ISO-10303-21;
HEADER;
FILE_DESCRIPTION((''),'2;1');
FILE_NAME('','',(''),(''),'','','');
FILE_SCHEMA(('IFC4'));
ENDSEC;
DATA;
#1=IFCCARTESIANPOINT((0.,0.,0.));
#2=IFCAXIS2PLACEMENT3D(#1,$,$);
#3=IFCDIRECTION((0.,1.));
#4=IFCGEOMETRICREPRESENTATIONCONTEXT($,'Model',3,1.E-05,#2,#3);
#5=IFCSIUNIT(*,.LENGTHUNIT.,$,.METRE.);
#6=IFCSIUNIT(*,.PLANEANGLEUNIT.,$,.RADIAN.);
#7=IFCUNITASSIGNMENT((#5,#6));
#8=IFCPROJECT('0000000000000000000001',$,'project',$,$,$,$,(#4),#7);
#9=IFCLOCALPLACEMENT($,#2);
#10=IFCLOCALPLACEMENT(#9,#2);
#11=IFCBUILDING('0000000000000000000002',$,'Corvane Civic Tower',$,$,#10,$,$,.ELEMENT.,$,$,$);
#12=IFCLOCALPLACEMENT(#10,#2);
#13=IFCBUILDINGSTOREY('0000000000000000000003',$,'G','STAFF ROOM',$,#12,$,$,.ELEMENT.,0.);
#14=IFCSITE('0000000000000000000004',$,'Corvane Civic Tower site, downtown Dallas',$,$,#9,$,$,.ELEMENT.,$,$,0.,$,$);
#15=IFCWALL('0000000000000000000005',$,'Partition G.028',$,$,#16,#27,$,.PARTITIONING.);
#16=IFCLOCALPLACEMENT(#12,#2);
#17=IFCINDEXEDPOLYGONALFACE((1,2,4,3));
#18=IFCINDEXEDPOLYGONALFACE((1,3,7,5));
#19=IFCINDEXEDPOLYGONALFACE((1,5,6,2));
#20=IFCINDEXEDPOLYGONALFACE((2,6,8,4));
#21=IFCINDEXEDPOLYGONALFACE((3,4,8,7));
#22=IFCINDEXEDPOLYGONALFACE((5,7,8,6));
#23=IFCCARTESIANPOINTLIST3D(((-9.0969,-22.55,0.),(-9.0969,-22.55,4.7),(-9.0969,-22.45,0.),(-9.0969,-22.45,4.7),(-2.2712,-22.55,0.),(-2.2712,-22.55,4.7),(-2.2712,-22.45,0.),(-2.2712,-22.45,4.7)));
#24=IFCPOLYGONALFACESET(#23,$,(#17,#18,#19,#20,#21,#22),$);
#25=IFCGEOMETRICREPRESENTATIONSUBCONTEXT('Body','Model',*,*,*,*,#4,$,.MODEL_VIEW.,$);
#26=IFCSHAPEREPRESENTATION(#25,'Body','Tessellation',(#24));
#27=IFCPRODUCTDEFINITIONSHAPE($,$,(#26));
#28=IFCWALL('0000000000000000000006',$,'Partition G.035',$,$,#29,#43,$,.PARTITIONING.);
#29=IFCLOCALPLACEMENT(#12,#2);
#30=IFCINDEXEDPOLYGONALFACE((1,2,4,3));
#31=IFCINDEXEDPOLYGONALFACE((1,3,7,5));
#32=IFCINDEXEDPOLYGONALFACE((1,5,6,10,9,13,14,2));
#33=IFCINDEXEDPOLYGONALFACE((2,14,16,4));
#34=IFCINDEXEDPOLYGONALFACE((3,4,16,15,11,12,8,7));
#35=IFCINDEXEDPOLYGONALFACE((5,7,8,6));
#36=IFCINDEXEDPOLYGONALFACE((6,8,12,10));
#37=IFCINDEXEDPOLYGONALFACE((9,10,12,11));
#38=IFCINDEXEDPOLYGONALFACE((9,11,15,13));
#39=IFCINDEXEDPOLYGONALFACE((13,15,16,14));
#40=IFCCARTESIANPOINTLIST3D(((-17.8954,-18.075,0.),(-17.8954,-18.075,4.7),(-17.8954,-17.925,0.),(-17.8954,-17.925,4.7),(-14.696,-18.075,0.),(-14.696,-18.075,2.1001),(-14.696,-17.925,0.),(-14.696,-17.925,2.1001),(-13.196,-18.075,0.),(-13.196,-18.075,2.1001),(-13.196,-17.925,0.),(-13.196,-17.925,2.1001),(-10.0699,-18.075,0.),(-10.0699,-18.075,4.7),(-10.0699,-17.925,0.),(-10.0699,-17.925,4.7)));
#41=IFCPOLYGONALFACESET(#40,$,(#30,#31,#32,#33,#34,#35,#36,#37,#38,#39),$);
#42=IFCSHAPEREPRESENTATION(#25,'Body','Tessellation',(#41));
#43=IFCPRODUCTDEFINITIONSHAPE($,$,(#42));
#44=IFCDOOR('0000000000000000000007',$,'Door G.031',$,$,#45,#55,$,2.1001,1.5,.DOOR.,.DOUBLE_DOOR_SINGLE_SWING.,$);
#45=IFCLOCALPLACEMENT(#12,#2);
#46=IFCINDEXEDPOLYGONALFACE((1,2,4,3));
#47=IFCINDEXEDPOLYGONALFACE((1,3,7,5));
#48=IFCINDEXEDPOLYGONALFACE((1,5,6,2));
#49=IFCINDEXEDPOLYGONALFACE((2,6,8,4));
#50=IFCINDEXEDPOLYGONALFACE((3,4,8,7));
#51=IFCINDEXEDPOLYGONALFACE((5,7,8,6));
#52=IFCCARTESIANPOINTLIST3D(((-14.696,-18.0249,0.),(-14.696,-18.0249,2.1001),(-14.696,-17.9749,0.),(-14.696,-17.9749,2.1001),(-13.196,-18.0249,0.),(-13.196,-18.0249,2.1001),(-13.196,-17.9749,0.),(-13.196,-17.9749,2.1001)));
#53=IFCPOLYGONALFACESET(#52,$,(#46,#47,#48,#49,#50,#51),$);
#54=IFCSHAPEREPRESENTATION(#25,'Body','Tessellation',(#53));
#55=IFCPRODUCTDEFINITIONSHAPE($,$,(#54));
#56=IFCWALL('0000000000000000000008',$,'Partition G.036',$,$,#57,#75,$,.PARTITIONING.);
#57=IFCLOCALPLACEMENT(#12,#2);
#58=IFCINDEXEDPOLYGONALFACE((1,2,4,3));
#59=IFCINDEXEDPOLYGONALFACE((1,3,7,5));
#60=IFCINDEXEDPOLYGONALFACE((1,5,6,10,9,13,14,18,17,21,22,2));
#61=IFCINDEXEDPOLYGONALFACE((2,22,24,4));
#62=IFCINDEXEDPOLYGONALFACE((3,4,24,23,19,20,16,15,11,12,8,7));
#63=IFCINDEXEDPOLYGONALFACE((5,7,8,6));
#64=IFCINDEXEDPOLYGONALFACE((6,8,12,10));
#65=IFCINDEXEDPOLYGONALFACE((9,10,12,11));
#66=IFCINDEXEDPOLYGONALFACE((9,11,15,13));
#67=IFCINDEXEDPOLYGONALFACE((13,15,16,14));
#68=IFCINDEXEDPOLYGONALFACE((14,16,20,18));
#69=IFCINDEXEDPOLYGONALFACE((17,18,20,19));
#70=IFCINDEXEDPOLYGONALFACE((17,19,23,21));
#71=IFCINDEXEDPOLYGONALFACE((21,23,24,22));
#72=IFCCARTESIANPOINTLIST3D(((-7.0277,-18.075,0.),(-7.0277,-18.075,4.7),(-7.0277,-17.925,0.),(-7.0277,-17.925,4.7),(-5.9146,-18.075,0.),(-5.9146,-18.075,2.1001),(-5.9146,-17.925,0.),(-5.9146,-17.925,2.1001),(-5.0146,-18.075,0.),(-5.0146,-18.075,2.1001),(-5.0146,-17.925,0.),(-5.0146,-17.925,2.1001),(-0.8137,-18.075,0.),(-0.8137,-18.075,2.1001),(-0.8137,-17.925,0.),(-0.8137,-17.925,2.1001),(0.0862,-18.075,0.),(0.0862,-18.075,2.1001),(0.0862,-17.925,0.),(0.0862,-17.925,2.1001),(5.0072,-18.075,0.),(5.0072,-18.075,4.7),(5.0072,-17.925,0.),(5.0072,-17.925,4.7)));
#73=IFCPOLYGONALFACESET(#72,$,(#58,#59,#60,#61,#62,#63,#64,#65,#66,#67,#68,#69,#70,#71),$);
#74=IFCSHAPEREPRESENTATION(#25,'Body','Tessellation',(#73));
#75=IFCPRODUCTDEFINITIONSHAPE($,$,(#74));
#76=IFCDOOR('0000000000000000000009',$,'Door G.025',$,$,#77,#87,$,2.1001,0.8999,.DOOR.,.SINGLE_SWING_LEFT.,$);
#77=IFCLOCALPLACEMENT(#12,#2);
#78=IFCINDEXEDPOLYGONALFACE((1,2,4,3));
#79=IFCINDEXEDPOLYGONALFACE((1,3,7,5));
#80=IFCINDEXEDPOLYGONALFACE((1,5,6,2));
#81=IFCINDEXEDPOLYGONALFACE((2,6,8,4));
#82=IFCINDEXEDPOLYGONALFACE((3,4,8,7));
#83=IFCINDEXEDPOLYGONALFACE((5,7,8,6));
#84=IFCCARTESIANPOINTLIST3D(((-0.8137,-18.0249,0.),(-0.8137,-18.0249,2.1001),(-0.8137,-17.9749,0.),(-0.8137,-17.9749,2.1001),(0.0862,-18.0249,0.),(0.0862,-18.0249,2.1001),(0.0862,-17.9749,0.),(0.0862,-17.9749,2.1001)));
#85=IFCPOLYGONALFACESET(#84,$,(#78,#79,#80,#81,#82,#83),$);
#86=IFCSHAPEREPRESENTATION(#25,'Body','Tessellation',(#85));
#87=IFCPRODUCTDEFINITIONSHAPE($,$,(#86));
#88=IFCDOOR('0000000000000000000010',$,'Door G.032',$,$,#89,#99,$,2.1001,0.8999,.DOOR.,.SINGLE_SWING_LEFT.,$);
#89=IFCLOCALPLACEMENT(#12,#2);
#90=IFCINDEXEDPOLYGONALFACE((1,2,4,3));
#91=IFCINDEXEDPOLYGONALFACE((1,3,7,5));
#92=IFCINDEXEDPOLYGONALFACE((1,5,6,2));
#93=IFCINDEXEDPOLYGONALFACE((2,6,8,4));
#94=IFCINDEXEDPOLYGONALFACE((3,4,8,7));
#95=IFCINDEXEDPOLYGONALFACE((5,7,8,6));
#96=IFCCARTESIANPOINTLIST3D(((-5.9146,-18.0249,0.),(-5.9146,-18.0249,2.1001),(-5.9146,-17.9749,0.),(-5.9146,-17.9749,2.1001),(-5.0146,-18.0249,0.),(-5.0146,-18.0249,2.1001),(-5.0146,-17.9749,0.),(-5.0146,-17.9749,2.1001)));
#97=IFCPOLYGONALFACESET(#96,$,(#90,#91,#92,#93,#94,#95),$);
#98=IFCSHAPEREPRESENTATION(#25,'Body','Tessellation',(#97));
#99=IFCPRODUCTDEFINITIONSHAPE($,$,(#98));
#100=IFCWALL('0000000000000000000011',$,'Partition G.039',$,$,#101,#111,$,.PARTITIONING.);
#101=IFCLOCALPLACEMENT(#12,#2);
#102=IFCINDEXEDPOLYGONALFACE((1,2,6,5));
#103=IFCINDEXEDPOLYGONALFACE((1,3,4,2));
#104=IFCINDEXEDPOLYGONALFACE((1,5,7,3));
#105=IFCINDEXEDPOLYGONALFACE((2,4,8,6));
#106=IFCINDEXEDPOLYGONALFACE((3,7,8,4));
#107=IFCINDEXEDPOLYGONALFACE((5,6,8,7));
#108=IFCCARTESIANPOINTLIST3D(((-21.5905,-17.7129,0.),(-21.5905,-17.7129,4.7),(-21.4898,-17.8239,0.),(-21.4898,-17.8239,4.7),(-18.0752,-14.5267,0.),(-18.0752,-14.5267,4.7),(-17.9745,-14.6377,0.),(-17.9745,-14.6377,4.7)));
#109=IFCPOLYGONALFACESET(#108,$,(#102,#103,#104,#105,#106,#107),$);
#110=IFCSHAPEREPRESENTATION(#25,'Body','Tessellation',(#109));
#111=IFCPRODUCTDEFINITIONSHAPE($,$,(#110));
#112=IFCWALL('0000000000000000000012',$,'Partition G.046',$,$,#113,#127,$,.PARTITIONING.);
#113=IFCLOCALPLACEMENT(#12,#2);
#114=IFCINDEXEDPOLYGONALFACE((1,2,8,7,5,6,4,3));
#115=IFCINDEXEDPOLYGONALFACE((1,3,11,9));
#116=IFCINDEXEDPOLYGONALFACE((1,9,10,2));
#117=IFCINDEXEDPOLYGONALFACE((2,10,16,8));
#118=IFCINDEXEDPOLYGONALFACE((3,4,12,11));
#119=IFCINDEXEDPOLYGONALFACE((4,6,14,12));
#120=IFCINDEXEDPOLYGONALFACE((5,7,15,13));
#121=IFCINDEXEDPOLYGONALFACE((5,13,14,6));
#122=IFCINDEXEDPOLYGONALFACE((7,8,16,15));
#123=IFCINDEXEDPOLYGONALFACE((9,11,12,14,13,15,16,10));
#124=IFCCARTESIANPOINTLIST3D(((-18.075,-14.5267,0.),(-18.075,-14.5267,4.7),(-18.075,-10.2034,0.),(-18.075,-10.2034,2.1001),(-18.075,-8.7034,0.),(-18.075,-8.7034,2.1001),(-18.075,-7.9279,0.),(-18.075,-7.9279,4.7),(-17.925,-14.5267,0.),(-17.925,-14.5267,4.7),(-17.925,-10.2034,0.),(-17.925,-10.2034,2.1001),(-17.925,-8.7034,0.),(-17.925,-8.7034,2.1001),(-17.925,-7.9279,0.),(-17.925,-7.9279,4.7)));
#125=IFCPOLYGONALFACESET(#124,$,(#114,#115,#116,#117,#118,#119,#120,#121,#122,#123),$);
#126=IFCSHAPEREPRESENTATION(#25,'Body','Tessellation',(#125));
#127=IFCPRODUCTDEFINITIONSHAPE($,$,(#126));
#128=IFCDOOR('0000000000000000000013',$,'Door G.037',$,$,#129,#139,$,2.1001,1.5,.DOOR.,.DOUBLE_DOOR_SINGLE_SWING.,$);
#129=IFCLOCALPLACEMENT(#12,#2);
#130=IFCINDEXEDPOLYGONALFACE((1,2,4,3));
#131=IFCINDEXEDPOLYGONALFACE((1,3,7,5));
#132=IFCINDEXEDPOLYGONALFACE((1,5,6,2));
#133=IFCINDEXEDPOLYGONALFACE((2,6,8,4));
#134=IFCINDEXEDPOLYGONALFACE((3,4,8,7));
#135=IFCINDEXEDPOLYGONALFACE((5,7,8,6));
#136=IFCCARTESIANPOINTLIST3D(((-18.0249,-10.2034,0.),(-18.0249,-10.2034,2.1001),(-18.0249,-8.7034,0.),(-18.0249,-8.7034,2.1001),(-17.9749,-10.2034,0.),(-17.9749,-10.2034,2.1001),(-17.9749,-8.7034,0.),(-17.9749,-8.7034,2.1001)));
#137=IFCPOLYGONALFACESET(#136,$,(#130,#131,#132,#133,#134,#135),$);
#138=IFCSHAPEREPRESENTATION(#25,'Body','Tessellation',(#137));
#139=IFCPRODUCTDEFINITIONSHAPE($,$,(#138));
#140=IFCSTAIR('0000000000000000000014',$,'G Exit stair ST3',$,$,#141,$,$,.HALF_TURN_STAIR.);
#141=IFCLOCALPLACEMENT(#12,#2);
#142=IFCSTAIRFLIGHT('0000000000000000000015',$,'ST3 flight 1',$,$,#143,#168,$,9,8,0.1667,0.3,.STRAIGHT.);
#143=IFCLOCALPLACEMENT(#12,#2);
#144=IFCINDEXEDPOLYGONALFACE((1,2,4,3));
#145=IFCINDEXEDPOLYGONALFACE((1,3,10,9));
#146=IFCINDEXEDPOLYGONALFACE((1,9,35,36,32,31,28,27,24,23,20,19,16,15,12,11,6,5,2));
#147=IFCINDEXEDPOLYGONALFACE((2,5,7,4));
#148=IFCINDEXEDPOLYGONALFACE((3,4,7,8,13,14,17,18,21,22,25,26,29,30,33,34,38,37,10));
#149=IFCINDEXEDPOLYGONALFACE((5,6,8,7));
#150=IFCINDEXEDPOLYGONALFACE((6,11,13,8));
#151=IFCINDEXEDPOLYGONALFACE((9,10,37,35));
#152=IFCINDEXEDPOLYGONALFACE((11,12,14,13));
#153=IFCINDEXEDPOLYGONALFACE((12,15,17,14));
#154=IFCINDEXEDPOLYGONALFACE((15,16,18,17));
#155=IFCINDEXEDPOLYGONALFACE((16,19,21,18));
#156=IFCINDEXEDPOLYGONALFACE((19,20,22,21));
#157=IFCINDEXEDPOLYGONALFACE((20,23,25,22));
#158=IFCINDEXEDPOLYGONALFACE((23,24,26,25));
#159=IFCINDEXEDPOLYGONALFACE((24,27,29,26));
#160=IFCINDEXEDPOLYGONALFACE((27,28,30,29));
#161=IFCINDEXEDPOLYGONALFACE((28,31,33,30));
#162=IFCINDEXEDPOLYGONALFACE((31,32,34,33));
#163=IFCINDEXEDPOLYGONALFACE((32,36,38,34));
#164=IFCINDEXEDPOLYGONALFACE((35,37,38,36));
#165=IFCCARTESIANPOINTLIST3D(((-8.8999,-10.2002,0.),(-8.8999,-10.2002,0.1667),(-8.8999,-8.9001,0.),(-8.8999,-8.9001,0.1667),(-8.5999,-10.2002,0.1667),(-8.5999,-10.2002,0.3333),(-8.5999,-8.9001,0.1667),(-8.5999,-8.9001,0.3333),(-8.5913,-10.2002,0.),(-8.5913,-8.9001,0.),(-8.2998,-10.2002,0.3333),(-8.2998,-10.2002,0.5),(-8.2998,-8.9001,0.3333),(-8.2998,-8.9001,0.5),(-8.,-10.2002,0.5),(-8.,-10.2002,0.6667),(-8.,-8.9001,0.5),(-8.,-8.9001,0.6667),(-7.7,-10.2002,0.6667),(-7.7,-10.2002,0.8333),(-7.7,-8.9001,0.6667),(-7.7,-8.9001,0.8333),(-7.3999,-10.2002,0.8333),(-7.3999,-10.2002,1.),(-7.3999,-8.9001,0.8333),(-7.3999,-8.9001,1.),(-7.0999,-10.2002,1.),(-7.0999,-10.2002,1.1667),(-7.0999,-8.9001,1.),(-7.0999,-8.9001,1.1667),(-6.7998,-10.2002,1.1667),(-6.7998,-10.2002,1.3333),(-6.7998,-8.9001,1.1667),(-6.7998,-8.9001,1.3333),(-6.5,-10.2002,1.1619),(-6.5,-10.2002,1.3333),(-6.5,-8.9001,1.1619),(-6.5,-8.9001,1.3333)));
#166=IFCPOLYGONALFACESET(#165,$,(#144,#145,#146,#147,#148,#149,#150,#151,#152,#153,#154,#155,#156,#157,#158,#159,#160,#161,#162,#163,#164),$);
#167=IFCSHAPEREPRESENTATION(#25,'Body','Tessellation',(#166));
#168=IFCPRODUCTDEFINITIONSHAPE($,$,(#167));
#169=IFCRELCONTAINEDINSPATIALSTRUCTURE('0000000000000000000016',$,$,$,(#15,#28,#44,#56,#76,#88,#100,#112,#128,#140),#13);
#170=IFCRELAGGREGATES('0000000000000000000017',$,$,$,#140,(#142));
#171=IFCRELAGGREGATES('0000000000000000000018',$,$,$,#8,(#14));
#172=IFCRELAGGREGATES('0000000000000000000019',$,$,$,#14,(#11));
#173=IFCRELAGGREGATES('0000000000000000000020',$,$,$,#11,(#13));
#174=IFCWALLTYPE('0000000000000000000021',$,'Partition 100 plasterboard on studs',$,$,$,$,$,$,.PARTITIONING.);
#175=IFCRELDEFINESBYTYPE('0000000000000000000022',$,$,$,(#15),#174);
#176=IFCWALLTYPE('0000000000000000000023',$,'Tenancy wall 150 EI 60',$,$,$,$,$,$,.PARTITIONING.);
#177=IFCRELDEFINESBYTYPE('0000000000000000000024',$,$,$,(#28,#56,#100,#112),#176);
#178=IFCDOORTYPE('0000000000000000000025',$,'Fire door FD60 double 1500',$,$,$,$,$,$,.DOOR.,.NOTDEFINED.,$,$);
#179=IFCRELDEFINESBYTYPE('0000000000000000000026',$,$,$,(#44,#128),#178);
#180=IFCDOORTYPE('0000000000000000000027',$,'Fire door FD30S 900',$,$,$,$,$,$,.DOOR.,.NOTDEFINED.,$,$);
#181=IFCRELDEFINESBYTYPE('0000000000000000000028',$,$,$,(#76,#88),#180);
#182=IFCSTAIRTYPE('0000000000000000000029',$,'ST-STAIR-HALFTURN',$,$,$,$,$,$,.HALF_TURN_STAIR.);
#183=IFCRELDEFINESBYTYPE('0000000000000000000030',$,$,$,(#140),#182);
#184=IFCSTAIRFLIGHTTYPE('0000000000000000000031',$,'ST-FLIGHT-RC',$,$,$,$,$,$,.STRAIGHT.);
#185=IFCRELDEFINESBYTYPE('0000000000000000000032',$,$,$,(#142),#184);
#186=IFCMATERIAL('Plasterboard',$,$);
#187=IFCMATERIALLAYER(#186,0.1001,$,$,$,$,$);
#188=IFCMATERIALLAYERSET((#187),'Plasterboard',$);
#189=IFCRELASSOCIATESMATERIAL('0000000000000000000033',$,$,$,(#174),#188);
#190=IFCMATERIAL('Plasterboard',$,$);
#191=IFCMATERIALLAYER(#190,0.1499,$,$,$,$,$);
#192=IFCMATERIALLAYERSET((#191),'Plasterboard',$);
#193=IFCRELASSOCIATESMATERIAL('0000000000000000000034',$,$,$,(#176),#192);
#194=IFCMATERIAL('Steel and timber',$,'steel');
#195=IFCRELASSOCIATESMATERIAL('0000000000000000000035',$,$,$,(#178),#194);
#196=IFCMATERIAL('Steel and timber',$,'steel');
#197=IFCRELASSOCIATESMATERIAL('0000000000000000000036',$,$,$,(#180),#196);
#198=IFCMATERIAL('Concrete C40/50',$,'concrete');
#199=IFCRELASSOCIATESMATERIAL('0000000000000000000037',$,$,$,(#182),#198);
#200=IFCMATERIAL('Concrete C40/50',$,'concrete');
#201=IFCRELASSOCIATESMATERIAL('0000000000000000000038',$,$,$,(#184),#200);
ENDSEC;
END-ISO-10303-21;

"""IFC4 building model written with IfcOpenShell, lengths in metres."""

from ifc_helpers import new_model, si_unit, direction, frame, frame_2d, origin, place, context, subcontext, project, spatial, polyline, rectangle, outline, extrude, material, layer, layer_set, type_object, element, fill, aggregate, save


model = new_model("IFC4")

# Units and contexts
model_context = context("Model", 3, precision=1e-05, world=origin(), true_north=direction((0.0, 1.0)))
body_context = subcontext(model_context, "Body", "Model", "MODEL_VIEW")
ifc_project = project(units=[si_unit("LENGTHUNIT", "METRE"), si_unit("PLANEANGLEUNIT", "RADIAN")], contexts=[model_context])

# Site, building, storey
site_placement = place(None, origin())
site = spatial("IfcSite", under=ifc_project, at=site_placement, Name="Corvane Civic Tower site, downtown Dallas", CompositionType="ELEMENT", RefElevation=0.0)
building_placement = place(site_placement, origin())
building = spatial("IfcBuilding", under=site, at=building_placement, Name="Corvane Civic Tower", CompositionType="ELEMENT")
storey_placement = place(building_placement, origin())
storey = spatial("IfcBuildingStorey", under=building, at=storey_placement, Name="G", Description="STAFF ROOM", CompositionType="ELEMENT", Elevation=0.0)

# Wall
ifc_material_1 = material(Name="Plasterboard")
ifc_layer_1 = layer(ifc_material_1, 0.1001)
ifc_layer_set_1 = layer_set([ifc_layer_1], Name="Plasterboard")
wall_type_1 = type_object("IfcWallType", Name="Partition 100 plasterboard on studs", PredefinedType="PARTITIONING", material=ifc_layer_set_1)
wall_1_placement = place(storey_placement, frame((-9.0969, -22.5, 0.0), z_axis=(0.0, 0.0, 1.0), x_axis=(1.0, 0.0, 0.0)))
element("IfcWall", 1, at=wall_1_placement, inside=storey, type_object=wall_type_1, Name="Partition G.028", PredefinedType="PARTITIONING", context=body_context, shape_type="SweptSolid", body=[
    extrude(rectangle(XDim=6.8257, YDim=0.1001, at=frame_2d((3.4128, 0.0))), origin(), (0.0, 0.0, 1.0), 4.7),
])

# Wall, opening, door
ifc_material_2 = material(Name="Plasterboard")
ifc_layer_2 = layer(ifc_material_2, 0.1499)
ifc_layer_set_2 = layer_set([ifc_layer_2], Name="Plasterboard")
wall_type_2 = type_object("IfcWallType", Name="Tenancy wall 150 EI 60", PredefinedType="PARTITIONING", material=ifc_layer_set_2)
wall_2_placement = place(storey_placement, frame((-17.8953, -18.0, 0.0), z_axis=(0.0, 0.0, 1.0), x_axis=(1.0, 0.0, 0.0)))
wall_2 = element("IfcWall", 2, at=wall_2_placement, inside=storey, type_object=wall_type_2, Name="Partition G.035", PredefinedType="PARTITIONING", context=body_context, shape_type="SweptSolid", body=[
    extrude(rectangle(XDim=7.8254, YDim=0.1499, at=frame_2d((3.9126, 0.0))), origin(), (0.0, 0.0, 1.0), 4.7),
])
opening_1_placement = place(wall_2_placement, frame((3.1992, 0.0, 0.0)))
opening_1 = element("IfcOpeningElement", 3, at=opening_1_placement, cuts=wall_2, PredefinedType="OPENING", context=body_context, shape_type="SweptSolid", body=[
    extrude(rectangle(XDim=1.5, YDim=2.1001, at=frame_2d((0.75, 1.05))), frame((0.0, 0.085, 0.0), z_axis=(0.0, -1.0, 0.0), x_axis=(1.0, 0.0, 0.0)), (0.0, 0.0, 1.0), 0.1699),
])
ifc_material_3 = material(Name="Steel and timber", Category="steel")
door_type_1 = type_object("IfcDoorType", Name="Fire door FD60 double 1500", OperationType="NOTDEFINED", PredefinedType="DOOR", material=ifc_material_3)
door_1_placement = place(opening_1_placement, frame((1.5, 0.0, 0.0), z_axis=(0.0, 0.0, 1.0), x_axis=(-1.0, 0.0, 0.0)))
door_1 = element("IfcDoor", 4, at=door_1_placement, inside=storey, type_object=door_type_1, Name="Door G.031", OperationType="DOUBLE_DOOR_SINGLE_SWING", OverallHeight=2.1001, OverallWidth=1.5, PredefinedType="DOOR", context=body_context, shape_type="SweptSolid", body=[
    extrude(rectangle(XDim=1.5, YDim=2.1001, at=frame_2d((0.75, 1.05))), frame((0.0, 0.0249, 0.0), z_axis=(0.0, -1.0, 0.0), x_axis=(1.0, 0.0, 0.0)), (0.0, 0.0, 1.0), 0.05),
])
fill(opening_1, door_1)

# Wall, openings, doors
wall_3_placement = place(storey_placement, frame((-7.0278, -18.0, 0.0), z_axis=(0.0, 0.0, 1.0), x_axis=(1.0, 0.0, 0.0)))
wall_3 = element("IfcWall", 5, at=wall_3_placement, inside=storey, type_object=wall_type_2, Name="Partition G.036", PredefinedType="PARTITIONING", context=body_context, shape_type="SweptSolid", body=[
    extrude(rectangle(XDim=12.0349, YDim=0.1499, at=frame_2d((6.0176, 0.0))), origin(), (0.0, 0.0, 1.0), 4.7),
])
opening_2_placement = place(wall_3_placement, frame((6.2141, 0.0, 0.0)))
opening_2 = element("IfcOpeningElement", 6, at=opening_2_placement, cuts=wall_3, PredefinedType="OPENING", context=body_context, shape_type="SweptSolid", body=[
    extrude(rectangle(XDim=0.8999, YDim=2.1001, at=frame_2d((0.45, 1.05))), frame((0.0, 0.085, 0.0), z_axis=(0.0, -1.0, 0.0), x_axis=(1.0, 0.0, 0.0)), (0.0, 0.0, 1.0), 0.1699),
])
opening_3_placement = place(wall_3_placement, frame((1.1133, 0.0, 0.0)))
opening_3 = element("IfcOpeningElement", 7, at=opening_3_placement, cuts=wall_3, PredefinedType="OPENING", context=body_context, shape_type="SweptSolid", body=[
    extrude(rectangle(XDim=0.8999, YDim=2.1001, at=frame_2d((0.45, 1.05))), frame((0.0, 0.085, 0.0), z_axis=(0.0, -1.0, 0.0), x_axis=(1.0, 0.0, 0.0)), (0.0, 0.0, 1.0), 0.1699),
])
ifc_material_4 = material(Name="Steel and timber", Category="steel")
door_type_2 = type_object("IfcDoorType", Name="Fire door FD30S 900", OperationType="NOTDEFINED", PredefinedType="DOOR", material=ifc_material_4)
door_2_placement = place(opening_2_placement, frame((0.8999, 0.0, 0.0), z_axis=(0.0, 0.0, 1.0), x_axis=(-1.0, 0.0, 0.0)))
door_2 = element("IfcDoor", 8, at=door_2_placement, inside=storey, type_object=door_type_2, Name="Door G.025", OperationType="SINGLE_SWING_LEFT", OverallHeight=2.1001, OverallWidth=0.8999, PredefinedType="DOOR", context=body_context, shape_type="SweptSolid", body=[
    extrude(rectangle(XDim=0.8999, YDim=2.1001, at=frame_2d((0.45, 1.05))), frame((0.0, 0.0249, 0.0), z_axis=(0.0, -1.0, 0.0), x_axis=(1.0, 0.0, 0.0)), (0.0, 0.0, 1.0), 0.05),
])
fill(opening_2, door_2)
door_3_placement = place(opening_3_placement, frame((0.8999, 0.0, 0.0), z_axis=(0.0, 0.0, 1.0), x_axis=(-1.0, 0.0, 0.0)))
door_3 = element("IfcDoor", 9, at=door_3_placement, inside=storey, type_object=door_type_2, Name="Door G.032", OperationType="SINGLE_SWING_LEFT", OverallHeight=2.1001, OverallWidth=0.8999, PredefinedType="DOOR", context=body_context, shape_type="SweptSolid", body=[
    extrude(rectangle(XDim=0.8999, YDim=2.1001, at=frame_2d((0.45, 1.05))), frame((0.0, 0.0249, 0.0), z_axis=(0.0, -1.0, 0.0), x_axis=(1.0, 0.0, 0.0)), (0.0, 0.0, 1.0), 0.05),
])
fill(opening_3, door_3)

# Wall
wall_4_placement = place(storey_placement, frame((-21.54, -17.7683, 0.0), z_axis=(0.0, 0.0, 1.0), x_axis=(0.740938, 0.671573, 0.0)))
element("IfcWall", 10, at=wall_4_placement, inside=storey, type_object=wall_type_2, Name="Partition G.039", PredefinedType="PARTITIONING", context=body_context, shape_type="SweptSolid", body=[
    extrude(rectangle(XDim=4.7444, YDim=0.1499, at=frame_2d((2.3721, 0.0))), origin(), (0.0, 0.0, 1.0), 4.7),
])

# Wall, opening, door
wall_5_placement = place(storey_placement, frame((-18.0, -14.5266, 0.0), z_axis=(0.0, 0.0, 1.0), x_axis=(0.0, 1.0, 0.0)))
wall_5 = element("IfcWall", 11, at=wall_5_placement, inside=storey, type_object=wall_type_2, Name="Partition G.046", PredefinedType="PARTITIONING", context=body_context, shape_type="SweptSolid", body=[
    extrude(rectangle(XDim=6.5989, YDim=0.1499, at=frame_2d((3.2993, 0.0))), origin(), (0.0, 0.0, 1.0), 4.7),
])
opening_4_placement = place(wall_5_placement, frame((4.3232, 0.0, 0.0)))
opening_4 = element("IfcOpeningElement", 12, at=opening_4_placement, cuts=wall_5, PredefinedType="OPENING", context=body_context, shape_type="SweptSolid", body=[
    extrude(rectangle(XDim=1.5, YDim=2.1001, at=frame_2d((0.75, 1.05))), frame((0.0, 0.085, 0.0), z_axis=(0.0, -1.0, 0.0), x_axis=(1.0, 0.0, 0.0)), (0.0, 0.0, 1.0), 0.1699),
])
door_4_placement = place(opening_4_placement, origin())
door_4 = element("IfcDoor", 13, at=door_4_placement, inside=storey, type_object=door_type_1, Name="Door G.037", OperationType="DOUBLE_DOOR_SINGLE_SWING", OverallHeight=2.1001, OverallWidth=1.5, PredefinedType="DOOR", context=body_context, shape_type="SweptSolid", body=[
    extrude(rectangle(XDim=1.5, YDim=2.1001, at=frame_2d((0.75, 1.05))), frame((0.0, 0.0249, 0.0), z_axis=(0.0, -1.0, 0.0), x_axis=(1.0, 0.0, 0.0)), (0.0, 0.0, 1.0), 0.05),
])
fill(opening_4, door_4)

# Stair, stair flight
ifc_material_5 = material(Name="Concrete C40/50", Category="concrete")
stair_type = type_object("IfcStairType", Name="ST-STAIR-HALFTURN", PredefinedType="HALF_TURN_STAIR", material=ifc_material_5)
stair_placement = place(storey_placement, origin())
stair = element("IfcStair", 14, at=stair_placement, inside=storey, type_object=stair_type, Name="G Exit stair ST3", PredefinedType="HALF_TURN_STAIR")
ifc_material_6 = material(Name="Concrete C40/50", Category="concrete")
stair_flight_type = type_object("IfcStairFlightType", Name="ST-FLIGHT-RC", PredefinedType="STRAIGHT", material=ifc_material_6)
stair_flight_placement = place(storey_placement, frame((-8.8999, -9.55, 0.0), z_axis=(0.0, 0.0, 1.0), x_axis=(1.0, 0.0, 0.0)))
stair_flight = element("IfcStairFlight", 15, at=stair_flight_placement, type_object=stair_flight_type, Name="ST3 flight 1", NumberOfRisers=9, NumberOfTreads=8, PredefinedType="STRAIGHT", RiserHeight=0.1667, TreadLength=0.3, context=body_context, shape_type="SweptSolid", body=[
    extrude(outline(polyline([(0.0, 0.0), (0.0, 0.1667), (0.3, 0.1667), (0.3, 0.3333), (0.6001, 0.3333), (0.6001, 0.5), (0.8999, 0.5), (0.8999, 0.6667), (1.2, 0.6667), (1.2, 0.8333), (1.5, 0.8333), (1.5, 1.0), (1.8, 1.0), (1.8, 1.1667), (2.1001, 1.1667), (2.1001, 1.3333), (2.3999, 1.3333), (2.3999, 1.5), (2.3999, 1.1619), (0.3086, 0.0), (0.0, 0.0)])), frame((0.0, 0.6499, 0.0), z_axis=(0.0, -1.0, 0.0), x_axis=(1.0, 0.0, 0.0)), (0.0, 0.0, 1.0), 1.3),
])
aggregate(stair, [stair_flight])

save(model, "model.ifc")
